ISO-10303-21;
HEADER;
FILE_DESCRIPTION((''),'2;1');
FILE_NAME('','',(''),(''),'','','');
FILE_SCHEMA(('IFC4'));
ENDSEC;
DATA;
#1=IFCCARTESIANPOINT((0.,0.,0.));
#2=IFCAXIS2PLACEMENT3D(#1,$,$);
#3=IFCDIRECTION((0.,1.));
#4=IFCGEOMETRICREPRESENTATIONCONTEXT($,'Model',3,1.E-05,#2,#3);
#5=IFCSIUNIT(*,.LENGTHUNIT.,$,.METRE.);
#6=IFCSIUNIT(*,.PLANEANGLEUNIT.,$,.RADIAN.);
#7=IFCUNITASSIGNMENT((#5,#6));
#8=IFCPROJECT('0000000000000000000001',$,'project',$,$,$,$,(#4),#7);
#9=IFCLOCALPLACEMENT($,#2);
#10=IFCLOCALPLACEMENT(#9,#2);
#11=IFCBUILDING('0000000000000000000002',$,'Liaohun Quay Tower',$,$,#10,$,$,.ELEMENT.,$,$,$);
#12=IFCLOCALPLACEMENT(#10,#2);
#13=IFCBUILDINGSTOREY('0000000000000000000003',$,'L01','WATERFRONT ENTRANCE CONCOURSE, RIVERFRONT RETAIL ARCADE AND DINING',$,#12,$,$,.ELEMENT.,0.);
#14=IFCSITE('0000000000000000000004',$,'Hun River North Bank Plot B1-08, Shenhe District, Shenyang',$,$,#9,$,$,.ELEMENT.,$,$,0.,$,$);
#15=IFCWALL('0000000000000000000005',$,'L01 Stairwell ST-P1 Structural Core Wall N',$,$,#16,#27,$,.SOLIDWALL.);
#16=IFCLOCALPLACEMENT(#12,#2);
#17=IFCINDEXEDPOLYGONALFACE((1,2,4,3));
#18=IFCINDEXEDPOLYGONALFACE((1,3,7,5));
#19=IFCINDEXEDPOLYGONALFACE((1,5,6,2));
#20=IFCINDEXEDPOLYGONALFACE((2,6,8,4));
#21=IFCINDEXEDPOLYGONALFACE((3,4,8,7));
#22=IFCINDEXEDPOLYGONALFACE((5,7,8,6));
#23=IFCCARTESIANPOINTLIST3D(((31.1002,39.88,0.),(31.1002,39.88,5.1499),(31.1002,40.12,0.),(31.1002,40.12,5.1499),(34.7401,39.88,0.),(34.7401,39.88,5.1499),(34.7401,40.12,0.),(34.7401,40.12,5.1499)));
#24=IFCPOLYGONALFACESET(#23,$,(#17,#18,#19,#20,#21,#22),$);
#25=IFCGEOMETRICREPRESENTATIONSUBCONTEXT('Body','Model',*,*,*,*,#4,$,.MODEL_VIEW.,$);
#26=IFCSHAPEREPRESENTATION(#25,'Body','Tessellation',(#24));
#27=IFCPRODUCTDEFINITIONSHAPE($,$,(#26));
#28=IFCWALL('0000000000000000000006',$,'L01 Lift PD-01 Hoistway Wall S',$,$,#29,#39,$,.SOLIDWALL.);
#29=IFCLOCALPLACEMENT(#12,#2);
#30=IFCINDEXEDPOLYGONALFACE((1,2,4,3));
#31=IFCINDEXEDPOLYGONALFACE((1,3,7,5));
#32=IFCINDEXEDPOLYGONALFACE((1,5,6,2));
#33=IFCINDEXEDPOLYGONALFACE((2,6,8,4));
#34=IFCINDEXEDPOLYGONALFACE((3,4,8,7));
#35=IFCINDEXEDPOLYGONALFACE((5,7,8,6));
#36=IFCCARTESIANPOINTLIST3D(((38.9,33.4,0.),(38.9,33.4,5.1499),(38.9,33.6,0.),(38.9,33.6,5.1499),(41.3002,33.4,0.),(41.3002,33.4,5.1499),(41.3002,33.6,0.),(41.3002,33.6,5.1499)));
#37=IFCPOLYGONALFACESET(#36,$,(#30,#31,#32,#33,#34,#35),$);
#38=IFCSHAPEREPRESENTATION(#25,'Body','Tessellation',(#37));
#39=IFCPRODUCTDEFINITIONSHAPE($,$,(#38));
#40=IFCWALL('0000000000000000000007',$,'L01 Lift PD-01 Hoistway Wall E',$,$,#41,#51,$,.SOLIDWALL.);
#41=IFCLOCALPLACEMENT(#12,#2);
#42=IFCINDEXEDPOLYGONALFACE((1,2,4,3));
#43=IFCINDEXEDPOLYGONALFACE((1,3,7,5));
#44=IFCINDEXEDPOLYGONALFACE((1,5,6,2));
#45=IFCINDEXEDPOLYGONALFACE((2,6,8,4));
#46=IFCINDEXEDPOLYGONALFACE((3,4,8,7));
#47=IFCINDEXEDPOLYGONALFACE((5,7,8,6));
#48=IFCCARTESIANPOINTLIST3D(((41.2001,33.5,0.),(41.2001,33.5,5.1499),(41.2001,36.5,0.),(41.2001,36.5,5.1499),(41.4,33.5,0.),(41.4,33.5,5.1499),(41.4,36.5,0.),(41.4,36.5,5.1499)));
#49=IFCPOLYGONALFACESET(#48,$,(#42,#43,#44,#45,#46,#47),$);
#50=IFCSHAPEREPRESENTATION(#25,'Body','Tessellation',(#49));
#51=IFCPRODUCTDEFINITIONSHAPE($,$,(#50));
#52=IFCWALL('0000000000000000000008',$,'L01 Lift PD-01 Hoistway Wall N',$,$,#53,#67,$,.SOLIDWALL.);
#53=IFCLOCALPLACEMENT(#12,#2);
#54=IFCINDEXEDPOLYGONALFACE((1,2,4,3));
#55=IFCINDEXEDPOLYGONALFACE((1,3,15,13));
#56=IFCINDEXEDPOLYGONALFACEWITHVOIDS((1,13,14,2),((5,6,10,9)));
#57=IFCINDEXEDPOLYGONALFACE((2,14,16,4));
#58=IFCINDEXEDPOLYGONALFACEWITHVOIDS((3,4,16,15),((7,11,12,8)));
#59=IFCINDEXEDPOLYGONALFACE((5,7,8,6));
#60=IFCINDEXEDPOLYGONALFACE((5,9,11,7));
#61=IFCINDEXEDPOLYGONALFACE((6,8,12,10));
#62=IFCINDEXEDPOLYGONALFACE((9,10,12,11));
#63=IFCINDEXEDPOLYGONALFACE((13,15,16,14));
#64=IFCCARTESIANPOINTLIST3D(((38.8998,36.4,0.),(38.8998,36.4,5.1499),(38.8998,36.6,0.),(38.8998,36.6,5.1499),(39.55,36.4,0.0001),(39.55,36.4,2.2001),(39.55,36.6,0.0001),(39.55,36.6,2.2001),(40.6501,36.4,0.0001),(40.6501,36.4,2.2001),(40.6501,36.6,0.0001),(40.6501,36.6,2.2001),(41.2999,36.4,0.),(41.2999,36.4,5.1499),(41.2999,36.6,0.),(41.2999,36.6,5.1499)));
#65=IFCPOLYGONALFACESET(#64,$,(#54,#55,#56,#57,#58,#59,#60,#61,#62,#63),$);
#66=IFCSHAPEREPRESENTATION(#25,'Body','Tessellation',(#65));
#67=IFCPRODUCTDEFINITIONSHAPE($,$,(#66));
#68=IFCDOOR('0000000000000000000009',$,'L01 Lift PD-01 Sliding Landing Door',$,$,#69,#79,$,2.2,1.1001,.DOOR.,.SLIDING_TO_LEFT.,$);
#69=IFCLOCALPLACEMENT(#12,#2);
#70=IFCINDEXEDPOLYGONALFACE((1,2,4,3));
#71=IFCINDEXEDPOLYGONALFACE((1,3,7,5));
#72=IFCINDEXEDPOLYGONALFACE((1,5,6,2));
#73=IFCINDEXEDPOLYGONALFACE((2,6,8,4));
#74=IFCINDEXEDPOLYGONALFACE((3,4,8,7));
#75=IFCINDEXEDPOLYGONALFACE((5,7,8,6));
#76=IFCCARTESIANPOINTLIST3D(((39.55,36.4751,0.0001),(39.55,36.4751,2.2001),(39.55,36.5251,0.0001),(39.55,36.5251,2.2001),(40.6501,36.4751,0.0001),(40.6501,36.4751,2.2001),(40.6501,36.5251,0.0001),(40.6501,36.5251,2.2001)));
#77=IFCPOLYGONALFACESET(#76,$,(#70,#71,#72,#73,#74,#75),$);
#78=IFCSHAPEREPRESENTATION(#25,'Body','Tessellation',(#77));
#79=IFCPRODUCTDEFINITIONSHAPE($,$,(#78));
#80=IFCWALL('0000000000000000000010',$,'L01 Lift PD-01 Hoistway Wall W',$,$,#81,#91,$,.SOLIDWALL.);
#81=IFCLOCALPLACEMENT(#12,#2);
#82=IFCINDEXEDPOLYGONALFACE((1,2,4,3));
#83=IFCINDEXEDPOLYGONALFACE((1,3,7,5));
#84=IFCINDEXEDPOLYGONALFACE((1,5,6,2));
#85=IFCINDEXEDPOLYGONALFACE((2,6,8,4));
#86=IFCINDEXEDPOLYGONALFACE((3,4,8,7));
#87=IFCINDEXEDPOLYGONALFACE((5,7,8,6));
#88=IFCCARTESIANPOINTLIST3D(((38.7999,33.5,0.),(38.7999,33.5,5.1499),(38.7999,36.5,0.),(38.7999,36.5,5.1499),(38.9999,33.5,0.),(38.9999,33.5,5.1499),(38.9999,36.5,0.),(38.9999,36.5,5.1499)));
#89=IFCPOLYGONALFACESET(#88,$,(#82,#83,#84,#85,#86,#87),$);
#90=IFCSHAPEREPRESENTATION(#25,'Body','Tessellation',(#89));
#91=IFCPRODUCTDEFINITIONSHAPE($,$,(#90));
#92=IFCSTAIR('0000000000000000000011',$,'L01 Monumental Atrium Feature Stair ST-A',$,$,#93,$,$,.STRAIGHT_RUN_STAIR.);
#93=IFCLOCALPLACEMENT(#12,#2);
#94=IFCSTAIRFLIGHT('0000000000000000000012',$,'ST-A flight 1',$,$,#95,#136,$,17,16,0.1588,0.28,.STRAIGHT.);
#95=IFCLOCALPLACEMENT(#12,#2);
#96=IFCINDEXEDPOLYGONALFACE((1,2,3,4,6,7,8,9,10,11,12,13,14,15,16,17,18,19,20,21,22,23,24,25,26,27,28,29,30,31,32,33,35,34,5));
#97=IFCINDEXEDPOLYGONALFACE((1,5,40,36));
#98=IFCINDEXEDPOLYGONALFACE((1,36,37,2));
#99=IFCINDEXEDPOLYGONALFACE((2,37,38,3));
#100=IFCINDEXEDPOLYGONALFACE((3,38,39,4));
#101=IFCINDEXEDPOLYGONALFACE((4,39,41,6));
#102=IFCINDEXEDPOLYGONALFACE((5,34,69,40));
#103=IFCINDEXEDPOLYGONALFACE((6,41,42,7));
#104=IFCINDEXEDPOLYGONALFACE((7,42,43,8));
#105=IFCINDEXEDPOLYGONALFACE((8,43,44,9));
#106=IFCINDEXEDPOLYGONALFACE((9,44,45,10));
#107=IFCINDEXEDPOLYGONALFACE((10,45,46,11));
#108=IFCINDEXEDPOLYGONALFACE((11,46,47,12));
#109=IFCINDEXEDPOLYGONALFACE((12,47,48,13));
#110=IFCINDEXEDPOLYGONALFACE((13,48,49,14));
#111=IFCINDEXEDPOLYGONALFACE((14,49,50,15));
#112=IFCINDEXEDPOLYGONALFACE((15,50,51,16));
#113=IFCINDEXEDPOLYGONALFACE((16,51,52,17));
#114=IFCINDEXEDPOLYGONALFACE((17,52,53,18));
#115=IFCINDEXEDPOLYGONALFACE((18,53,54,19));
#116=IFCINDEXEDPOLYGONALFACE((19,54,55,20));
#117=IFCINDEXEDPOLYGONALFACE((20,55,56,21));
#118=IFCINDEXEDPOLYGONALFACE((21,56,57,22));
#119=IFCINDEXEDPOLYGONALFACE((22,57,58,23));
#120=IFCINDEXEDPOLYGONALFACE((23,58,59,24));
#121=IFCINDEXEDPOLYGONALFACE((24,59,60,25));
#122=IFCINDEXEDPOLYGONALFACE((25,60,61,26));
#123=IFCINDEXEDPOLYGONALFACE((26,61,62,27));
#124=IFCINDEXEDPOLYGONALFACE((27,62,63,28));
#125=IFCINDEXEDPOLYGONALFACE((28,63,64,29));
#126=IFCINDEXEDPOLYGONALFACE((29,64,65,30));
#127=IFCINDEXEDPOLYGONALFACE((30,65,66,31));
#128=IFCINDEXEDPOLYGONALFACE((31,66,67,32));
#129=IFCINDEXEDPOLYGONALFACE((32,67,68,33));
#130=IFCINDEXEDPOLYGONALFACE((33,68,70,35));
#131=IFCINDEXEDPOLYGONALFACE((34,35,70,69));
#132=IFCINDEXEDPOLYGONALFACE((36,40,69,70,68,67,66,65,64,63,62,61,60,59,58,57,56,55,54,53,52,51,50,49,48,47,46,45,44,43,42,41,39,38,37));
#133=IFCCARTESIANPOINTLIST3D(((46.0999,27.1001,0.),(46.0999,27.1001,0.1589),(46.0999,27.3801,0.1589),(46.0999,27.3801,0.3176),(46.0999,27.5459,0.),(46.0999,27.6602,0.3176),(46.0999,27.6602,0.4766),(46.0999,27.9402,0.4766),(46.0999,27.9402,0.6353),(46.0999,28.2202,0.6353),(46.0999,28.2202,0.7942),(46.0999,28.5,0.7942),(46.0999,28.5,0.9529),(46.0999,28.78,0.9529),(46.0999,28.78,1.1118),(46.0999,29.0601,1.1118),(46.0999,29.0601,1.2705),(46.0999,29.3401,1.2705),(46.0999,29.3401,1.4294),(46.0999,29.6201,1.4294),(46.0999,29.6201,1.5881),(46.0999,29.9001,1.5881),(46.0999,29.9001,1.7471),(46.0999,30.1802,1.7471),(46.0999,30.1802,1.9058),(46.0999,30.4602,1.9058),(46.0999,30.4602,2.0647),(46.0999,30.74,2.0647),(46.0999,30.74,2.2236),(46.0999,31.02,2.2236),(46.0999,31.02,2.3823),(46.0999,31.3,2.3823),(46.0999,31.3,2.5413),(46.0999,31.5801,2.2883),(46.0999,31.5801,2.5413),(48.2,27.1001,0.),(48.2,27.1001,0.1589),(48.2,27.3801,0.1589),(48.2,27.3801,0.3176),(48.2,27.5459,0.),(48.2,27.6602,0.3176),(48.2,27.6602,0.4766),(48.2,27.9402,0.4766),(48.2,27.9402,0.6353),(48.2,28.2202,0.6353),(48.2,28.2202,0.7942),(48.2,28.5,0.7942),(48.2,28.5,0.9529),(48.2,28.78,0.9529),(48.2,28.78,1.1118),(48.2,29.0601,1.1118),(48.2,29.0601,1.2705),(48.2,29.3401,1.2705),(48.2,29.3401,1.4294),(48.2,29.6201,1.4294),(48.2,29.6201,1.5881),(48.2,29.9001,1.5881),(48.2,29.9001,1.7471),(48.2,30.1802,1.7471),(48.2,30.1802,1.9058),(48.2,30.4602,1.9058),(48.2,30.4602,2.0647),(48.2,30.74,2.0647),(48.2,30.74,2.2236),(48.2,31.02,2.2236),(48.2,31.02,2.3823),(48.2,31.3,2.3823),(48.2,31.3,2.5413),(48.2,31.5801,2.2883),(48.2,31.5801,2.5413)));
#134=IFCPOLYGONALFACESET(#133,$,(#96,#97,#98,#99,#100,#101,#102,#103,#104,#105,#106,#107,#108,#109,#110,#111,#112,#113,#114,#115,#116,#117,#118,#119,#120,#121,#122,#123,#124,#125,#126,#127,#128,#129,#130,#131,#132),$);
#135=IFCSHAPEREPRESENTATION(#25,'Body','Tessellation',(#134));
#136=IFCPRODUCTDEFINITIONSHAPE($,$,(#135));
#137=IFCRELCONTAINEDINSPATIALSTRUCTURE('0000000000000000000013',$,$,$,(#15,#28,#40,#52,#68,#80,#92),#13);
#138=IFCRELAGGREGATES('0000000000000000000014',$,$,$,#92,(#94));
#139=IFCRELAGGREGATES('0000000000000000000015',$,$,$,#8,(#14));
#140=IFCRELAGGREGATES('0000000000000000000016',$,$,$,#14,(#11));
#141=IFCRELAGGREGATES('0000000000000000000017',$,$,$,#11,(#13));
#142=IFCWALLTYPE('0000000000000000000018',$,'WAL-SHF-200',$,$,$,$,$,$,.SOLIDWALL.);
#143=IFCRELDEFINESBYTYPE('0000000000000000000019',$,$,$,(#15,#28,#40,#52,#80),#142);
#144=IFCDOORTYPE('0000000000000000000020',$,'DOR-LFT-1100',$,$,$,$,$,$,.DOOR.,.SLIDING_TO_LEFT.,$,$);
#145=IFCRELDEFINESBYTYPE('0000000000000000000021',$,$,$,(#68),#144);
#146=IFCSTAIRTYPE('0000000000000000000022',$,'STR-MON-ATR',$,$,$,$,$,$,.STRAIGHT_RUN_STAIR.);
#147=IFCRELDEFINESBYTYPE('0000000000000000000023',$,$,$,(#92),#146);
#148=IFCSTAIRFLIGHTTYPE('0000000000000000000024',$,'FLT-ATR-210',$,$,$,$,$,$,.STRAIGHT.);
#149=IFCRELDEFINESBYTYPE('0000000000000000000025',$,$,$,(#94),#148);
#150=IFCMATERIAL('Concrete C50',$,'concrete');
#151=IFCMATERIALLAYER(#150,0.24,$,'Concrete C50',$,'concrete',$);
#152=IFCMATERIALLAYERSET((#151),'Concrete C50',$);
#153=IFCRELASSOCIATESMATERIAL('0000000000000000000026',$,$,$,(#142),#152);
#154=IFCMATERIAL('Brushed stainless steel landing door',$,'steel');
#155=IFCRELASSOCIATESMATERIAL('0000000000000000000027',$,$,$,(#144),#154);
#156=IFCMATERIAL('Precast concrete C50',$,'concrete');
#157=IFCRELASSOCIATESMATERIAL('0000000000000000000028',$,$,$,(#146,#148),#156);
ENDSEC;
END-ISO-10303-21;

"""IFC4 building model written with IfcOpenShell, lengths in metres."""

from ifc_helpers import new_model, si_unit, direction, frame, frame_2d, origin, place, context, subcontext, project, spatial, polyline, rectangle, outline, extrude, source, transform, mapped, material, layer, layer_set, type_object, element, fill, aggregate, save


model = new_model("IFC4")

# Units and contexts
model_context = context("Model", 3, precision=1e-05, world=origin(), true_north=direction((0.0, 1.0)))
body_context = subcontext(model_context, "Body", "Model", "MODEL_VIEW")
ifc_project = project(units=[si_unit("LENGTHUNIT", "METRE"), si_unit("PLANEANGLEUNIT", "RADIAN")], contexts=[model_context])

# Site, building, storey
site_placement = place(None, origin())
site = spatial("IfcSite", under=ifc_project, at=site_placement, Name="Hun River North Bank Plot B1-08, Shenhe District, Shenyang", CompositionType="ELEMENT", RefElevation=0.0)
building_placement = place(site_placement, origin())
building = spatial("IfcBuilding", under=site, at=building_placement, Name="Liaohun Quay Tower", CompositionType="ELEMENT")
storey_placement = place(building_placement, origin())
storey = spatial("IfcBuildingStorey", under=building, at=storey_placement, Name="L01", Description="WATERFRONT ENTRANCE CONCOURSE, RIVERFRONT RETAIL ARCADE AND DINING", CompositionType="ELEMENT", Elevation=0.0)

# Walls
ifc_material_1 = material(Name="Concrete C50", Category="concrete")
ifc_layer_1 = layer(ifc_material_1, 0.24, Name="Concrete C50", Category="concrete")
ifc_layer_set_1 = layer_set([ifc_layer_1], Name="Concrete C50")
wall_type_1 = type_object("IfcWallType", Name="WAL-SHF-200", PredefinedType="SOLIDWALL", material=ifc_layer_set_1)
wall_1_placement = place(storey_placement, frame((34.74, 40.0, 0.0), z_axis=(0.0, 0.0, 1.0), x_axis=(-1.0, 0.0, 0.0)))
element("IfcWall", 1, at=wall_1_placement, inside=storey, type_object=wall_type_1, Name="L01 Stairwell ST-P1 Structural Core Wall N", PredefinedType="SOLIDWALL", context=body_context, shape_type="SweptSolid", body=[
    extrude(rectangle(XDim=3.6399, YDim=0.24, at=frame_2d((1.8198, 0.0))), origin(), (0.0, 0.0, 1.0), 5.1499),
])
wall_2_placement = place(storey_placement, frame((38.8999, 33.5, 0.0), z_axis=(0.0, 0.0, 1.0), x_axis=(1.0, 0.0, 0.0)))
element("IfcWall", 2, at=wall_2_placement, inside=storey, type_object=wall_type_1, Name="L01 Lift PD-01 Hoistway Wall S", PredefinedType="SOLIDWALL", context=body_context, shape_type="SweptSolid", body=[
    extrude(rectangle(XDim=2.4001, YDim=0.2, at=frame_2d((1.2002, 0.0))), origin(), (0.0, 0.0, 1.0), 5.1499),
])
wall_3_placement = place(storey_placement, frame((41.3, 33.5, 0.0), z_axis=(0.0, 0.0, 1.0), x_axis=(0.0, 1.0, 0.0)))
element("IfcWall", 3, at=wall_3_placement, inside=storey, type_object=wall_type_1, Name="L01 Lift PD-01 Hoistway Wall E", PredefinedType="SOLIDWALL", context=body_context, shape_type="SweptSolid", body=[
    extrude(rectangle(XDim=3.0, YDim=0.2, at=frame_2d((1.5, 0.0))), origin(), (0.0, 0.0, 1.0), 5.1499),
])

# Wall, opening, door
wall_4_placement = place(storey_placement, frame((41.3, 36.5, 0.0), z_axis=(0.0, 0.0, 1.0), x_axis=(-1.0, 0.0, 0.0)))
wall_4 = element("IfcWall", 4, at=wall_4_placement, inside=storey, type_object=wall_type_1, Name="L01 Lift PD-01 Hoistway Wall N", PredefinedType="SOLIDWALL", context=body_context, shape_type="SweptSolid", body=[
    extrude(rectangle(XDim=2.4001, YDim=0.2, at=frame_2d((1.2002, 0.0))), origin(), (0.0, 0.0, 1.0), 5.1499),
])
shared_shape_1 = source(origin(), body_context, "Body", "SweptSolid", [
    extrude(rectangle(XDim=1.1001, YDim=2.2, at=frame_2d((0.55, 1.1001))), frame((0.0, 0.1099, 0.0), z_axis=(0.0, -1.0, 0.0), x_axis=(1.0, 0.0, 0.0)), (0.0, 0.0, 1.0), 0.22),
])
opening_1_placement = place(wall_4_placement, frame((0.6499, 0.0, 0.0)))
opening_1 = element("IfcOpeningElement", 5, at=opening_1_placement, cuts=wall_4, PredefinedType="OPENING", context=body_context, shape_type="MappedRepresentation", body=[
    mapped(shared_shape_1, transform((0.0, 0.0, 0.0), x_axis=(1.0, 0.0, 0.0), y_axis=(0.0, 1.0, 0.0), z_axis=(0.0, 0.0, 1.0), scale=1.0)),
])
ifc_material_2 = material(Name="Brushed stainless steel landing door", Category="steel")
door_type_1 = type_object("IfcDoorType", Name="DOR-LFT-1100", OperationType="SLIDING_TO_LEFT", PredefinedType="DOOR", material=ifc_material_2)
shared_shape_2 = source(origin(), body_context, "Body", "SweptSolid", [
    extrude(rectangle(XDim=1.1001, YDim=2.2, at=frame_2d((0.55, 1.1001))), frame((0.0, 0.0249, 0.0), z_axis=(0.0, -1.0, 0.0), x_axis=(1.0, 0.0, 0.0)), (0.0, 0.0, 1.0), 0.05),
])
door_1_placement = place(opening_1_placement, origin())
door_1 = element("IfcDoor", 6, at=door_1_placement, inside=storey, type_object=door_type_1, Name="L01 Lift PD-01 Sliding Landing Door", OperationType="SLIDING_TO_LEFT", OverallHeight=2.2, OverallWidth=1.1001, PredefinedType="DOOR", context=body_context, shape_type="MappedRepresentation", body=[
    mapped(shared_shape_2, transform((0.0, 0.0, 0.0), x_axis=(1.0, 0.0, 0.0), y_axis=(0.0, 1.0, 0.0), z_axis=(0.0, 0.0, 1.0), scale=1.0)),
])
fill(opening_1, door_1)

# Wall
wall_5_placement = place(storey_placement, frame((38.8999, 36.5, 0.0), z_axis=(0.0, 0.0, 1.0), x_axis=(0.0, -1.0, 0.0)))
element("IfcWall", 7, at=wall_5_placement, inside=storey, type_object=wall_type_1, Name="L01 Lift PD-01 Hoistway Wall W", PredefinedType="SOLIDWALL", context=body_context, shape_type="SweptSolid", body=[
    extrude(rectangle(XDim=3.0, YDim=0.2, at=frame_2d((1.5, 0.0))), origin(), (0.0, 0.0, 1.0), 5.1499),
])

# Stair, stair flight
ifc_material_3 = material(Name="Precast concrete C50", Category="concrete")
stair_type = type_object("IfcStairType", Name="STR-MON-ATR", PredefinedType="STRAIGHT_RUN_STAIR", material=ifc_material_3)
stair_placement = place(storey_placement, origin())
stair = element("IfcStair", 8, at=stair_placement, inside=storey, type_object=stair_type, Name="L01 Monumental Atrium Feature Stair ST-A", PredefinedType="STRAIGHT_RUN_STAIR")
stair_flight_type = type_object("IfcStairFlightType", Name="FLT-ATR-210", PredefinedType="STRAIGHT", material=ifc_material_3)
stair_flight_1_placement = place(storey_placement, frame((47.1499, 27.1001, 0.0), z_axis=(0.0, 0.0, 1.0), x_axis=(0.0, 1.0, 0.0)))
stair_flight_1 = element("IfcStairFlight", 9, at=stair_flight_1_placement, type_object=stair_flight_type, Name="ST-A flight 1", NumberOfRisers=17, NumberOfTreads=16, PredefinedType="STRAIGHT", RiserHeight=0.1588, TreadLength=0.28, context=body_context, shape_type="SweptSolid", body=[
    extrude(outline(polyline([(0.0, 0.0), (0.0, 0.1589), (0.28, 0.1589), (0.28, 0.3176), (0.5601, 0.3176), (0.5601, 0.4766), (0.8401, 0.4766), (0.8401, 0.6353), (1.1201, 0.6353), (1.1201, 0.7942), (1.3999, 0.7942), (1.3999, 0.9529), (1.6799, 0.9529), (1.6799, 1.1118), (1.96, 1.1118), (1.96, 1.2705), (2.24, 1.2705), (2.24, 1.4294), (2.52, 1.4294), (2.52, 1.5881), (2.8, 1.5881), (2.8, 1.7471), (3.0801, 1.7471), (3.0801, 1.9058), (3.3601, 1.9058), (3.3601, 2.0647), (3.6399, 2.0647), (3.6399, 2.2236), (3.9199, 2.2236), (3.9199, 2.3823), (4.2, 2.3823), (4.2, 2.5413), (4.48, 2.5413), (4.48, 2.7), (4.48, 2.2883), (0.4458, 0.0), (0.0, 0.0)])), frame((0.0, 1.05, 0.0), z_axis=(0.0, -1.0, 0.0), x_axis=(1.0, 0.0, 0.0)), (0.0, 0.0, 1.0), 2.1001),
])
aggregate(stair, [stair_flight_1])

save(model, "model.ifc")
